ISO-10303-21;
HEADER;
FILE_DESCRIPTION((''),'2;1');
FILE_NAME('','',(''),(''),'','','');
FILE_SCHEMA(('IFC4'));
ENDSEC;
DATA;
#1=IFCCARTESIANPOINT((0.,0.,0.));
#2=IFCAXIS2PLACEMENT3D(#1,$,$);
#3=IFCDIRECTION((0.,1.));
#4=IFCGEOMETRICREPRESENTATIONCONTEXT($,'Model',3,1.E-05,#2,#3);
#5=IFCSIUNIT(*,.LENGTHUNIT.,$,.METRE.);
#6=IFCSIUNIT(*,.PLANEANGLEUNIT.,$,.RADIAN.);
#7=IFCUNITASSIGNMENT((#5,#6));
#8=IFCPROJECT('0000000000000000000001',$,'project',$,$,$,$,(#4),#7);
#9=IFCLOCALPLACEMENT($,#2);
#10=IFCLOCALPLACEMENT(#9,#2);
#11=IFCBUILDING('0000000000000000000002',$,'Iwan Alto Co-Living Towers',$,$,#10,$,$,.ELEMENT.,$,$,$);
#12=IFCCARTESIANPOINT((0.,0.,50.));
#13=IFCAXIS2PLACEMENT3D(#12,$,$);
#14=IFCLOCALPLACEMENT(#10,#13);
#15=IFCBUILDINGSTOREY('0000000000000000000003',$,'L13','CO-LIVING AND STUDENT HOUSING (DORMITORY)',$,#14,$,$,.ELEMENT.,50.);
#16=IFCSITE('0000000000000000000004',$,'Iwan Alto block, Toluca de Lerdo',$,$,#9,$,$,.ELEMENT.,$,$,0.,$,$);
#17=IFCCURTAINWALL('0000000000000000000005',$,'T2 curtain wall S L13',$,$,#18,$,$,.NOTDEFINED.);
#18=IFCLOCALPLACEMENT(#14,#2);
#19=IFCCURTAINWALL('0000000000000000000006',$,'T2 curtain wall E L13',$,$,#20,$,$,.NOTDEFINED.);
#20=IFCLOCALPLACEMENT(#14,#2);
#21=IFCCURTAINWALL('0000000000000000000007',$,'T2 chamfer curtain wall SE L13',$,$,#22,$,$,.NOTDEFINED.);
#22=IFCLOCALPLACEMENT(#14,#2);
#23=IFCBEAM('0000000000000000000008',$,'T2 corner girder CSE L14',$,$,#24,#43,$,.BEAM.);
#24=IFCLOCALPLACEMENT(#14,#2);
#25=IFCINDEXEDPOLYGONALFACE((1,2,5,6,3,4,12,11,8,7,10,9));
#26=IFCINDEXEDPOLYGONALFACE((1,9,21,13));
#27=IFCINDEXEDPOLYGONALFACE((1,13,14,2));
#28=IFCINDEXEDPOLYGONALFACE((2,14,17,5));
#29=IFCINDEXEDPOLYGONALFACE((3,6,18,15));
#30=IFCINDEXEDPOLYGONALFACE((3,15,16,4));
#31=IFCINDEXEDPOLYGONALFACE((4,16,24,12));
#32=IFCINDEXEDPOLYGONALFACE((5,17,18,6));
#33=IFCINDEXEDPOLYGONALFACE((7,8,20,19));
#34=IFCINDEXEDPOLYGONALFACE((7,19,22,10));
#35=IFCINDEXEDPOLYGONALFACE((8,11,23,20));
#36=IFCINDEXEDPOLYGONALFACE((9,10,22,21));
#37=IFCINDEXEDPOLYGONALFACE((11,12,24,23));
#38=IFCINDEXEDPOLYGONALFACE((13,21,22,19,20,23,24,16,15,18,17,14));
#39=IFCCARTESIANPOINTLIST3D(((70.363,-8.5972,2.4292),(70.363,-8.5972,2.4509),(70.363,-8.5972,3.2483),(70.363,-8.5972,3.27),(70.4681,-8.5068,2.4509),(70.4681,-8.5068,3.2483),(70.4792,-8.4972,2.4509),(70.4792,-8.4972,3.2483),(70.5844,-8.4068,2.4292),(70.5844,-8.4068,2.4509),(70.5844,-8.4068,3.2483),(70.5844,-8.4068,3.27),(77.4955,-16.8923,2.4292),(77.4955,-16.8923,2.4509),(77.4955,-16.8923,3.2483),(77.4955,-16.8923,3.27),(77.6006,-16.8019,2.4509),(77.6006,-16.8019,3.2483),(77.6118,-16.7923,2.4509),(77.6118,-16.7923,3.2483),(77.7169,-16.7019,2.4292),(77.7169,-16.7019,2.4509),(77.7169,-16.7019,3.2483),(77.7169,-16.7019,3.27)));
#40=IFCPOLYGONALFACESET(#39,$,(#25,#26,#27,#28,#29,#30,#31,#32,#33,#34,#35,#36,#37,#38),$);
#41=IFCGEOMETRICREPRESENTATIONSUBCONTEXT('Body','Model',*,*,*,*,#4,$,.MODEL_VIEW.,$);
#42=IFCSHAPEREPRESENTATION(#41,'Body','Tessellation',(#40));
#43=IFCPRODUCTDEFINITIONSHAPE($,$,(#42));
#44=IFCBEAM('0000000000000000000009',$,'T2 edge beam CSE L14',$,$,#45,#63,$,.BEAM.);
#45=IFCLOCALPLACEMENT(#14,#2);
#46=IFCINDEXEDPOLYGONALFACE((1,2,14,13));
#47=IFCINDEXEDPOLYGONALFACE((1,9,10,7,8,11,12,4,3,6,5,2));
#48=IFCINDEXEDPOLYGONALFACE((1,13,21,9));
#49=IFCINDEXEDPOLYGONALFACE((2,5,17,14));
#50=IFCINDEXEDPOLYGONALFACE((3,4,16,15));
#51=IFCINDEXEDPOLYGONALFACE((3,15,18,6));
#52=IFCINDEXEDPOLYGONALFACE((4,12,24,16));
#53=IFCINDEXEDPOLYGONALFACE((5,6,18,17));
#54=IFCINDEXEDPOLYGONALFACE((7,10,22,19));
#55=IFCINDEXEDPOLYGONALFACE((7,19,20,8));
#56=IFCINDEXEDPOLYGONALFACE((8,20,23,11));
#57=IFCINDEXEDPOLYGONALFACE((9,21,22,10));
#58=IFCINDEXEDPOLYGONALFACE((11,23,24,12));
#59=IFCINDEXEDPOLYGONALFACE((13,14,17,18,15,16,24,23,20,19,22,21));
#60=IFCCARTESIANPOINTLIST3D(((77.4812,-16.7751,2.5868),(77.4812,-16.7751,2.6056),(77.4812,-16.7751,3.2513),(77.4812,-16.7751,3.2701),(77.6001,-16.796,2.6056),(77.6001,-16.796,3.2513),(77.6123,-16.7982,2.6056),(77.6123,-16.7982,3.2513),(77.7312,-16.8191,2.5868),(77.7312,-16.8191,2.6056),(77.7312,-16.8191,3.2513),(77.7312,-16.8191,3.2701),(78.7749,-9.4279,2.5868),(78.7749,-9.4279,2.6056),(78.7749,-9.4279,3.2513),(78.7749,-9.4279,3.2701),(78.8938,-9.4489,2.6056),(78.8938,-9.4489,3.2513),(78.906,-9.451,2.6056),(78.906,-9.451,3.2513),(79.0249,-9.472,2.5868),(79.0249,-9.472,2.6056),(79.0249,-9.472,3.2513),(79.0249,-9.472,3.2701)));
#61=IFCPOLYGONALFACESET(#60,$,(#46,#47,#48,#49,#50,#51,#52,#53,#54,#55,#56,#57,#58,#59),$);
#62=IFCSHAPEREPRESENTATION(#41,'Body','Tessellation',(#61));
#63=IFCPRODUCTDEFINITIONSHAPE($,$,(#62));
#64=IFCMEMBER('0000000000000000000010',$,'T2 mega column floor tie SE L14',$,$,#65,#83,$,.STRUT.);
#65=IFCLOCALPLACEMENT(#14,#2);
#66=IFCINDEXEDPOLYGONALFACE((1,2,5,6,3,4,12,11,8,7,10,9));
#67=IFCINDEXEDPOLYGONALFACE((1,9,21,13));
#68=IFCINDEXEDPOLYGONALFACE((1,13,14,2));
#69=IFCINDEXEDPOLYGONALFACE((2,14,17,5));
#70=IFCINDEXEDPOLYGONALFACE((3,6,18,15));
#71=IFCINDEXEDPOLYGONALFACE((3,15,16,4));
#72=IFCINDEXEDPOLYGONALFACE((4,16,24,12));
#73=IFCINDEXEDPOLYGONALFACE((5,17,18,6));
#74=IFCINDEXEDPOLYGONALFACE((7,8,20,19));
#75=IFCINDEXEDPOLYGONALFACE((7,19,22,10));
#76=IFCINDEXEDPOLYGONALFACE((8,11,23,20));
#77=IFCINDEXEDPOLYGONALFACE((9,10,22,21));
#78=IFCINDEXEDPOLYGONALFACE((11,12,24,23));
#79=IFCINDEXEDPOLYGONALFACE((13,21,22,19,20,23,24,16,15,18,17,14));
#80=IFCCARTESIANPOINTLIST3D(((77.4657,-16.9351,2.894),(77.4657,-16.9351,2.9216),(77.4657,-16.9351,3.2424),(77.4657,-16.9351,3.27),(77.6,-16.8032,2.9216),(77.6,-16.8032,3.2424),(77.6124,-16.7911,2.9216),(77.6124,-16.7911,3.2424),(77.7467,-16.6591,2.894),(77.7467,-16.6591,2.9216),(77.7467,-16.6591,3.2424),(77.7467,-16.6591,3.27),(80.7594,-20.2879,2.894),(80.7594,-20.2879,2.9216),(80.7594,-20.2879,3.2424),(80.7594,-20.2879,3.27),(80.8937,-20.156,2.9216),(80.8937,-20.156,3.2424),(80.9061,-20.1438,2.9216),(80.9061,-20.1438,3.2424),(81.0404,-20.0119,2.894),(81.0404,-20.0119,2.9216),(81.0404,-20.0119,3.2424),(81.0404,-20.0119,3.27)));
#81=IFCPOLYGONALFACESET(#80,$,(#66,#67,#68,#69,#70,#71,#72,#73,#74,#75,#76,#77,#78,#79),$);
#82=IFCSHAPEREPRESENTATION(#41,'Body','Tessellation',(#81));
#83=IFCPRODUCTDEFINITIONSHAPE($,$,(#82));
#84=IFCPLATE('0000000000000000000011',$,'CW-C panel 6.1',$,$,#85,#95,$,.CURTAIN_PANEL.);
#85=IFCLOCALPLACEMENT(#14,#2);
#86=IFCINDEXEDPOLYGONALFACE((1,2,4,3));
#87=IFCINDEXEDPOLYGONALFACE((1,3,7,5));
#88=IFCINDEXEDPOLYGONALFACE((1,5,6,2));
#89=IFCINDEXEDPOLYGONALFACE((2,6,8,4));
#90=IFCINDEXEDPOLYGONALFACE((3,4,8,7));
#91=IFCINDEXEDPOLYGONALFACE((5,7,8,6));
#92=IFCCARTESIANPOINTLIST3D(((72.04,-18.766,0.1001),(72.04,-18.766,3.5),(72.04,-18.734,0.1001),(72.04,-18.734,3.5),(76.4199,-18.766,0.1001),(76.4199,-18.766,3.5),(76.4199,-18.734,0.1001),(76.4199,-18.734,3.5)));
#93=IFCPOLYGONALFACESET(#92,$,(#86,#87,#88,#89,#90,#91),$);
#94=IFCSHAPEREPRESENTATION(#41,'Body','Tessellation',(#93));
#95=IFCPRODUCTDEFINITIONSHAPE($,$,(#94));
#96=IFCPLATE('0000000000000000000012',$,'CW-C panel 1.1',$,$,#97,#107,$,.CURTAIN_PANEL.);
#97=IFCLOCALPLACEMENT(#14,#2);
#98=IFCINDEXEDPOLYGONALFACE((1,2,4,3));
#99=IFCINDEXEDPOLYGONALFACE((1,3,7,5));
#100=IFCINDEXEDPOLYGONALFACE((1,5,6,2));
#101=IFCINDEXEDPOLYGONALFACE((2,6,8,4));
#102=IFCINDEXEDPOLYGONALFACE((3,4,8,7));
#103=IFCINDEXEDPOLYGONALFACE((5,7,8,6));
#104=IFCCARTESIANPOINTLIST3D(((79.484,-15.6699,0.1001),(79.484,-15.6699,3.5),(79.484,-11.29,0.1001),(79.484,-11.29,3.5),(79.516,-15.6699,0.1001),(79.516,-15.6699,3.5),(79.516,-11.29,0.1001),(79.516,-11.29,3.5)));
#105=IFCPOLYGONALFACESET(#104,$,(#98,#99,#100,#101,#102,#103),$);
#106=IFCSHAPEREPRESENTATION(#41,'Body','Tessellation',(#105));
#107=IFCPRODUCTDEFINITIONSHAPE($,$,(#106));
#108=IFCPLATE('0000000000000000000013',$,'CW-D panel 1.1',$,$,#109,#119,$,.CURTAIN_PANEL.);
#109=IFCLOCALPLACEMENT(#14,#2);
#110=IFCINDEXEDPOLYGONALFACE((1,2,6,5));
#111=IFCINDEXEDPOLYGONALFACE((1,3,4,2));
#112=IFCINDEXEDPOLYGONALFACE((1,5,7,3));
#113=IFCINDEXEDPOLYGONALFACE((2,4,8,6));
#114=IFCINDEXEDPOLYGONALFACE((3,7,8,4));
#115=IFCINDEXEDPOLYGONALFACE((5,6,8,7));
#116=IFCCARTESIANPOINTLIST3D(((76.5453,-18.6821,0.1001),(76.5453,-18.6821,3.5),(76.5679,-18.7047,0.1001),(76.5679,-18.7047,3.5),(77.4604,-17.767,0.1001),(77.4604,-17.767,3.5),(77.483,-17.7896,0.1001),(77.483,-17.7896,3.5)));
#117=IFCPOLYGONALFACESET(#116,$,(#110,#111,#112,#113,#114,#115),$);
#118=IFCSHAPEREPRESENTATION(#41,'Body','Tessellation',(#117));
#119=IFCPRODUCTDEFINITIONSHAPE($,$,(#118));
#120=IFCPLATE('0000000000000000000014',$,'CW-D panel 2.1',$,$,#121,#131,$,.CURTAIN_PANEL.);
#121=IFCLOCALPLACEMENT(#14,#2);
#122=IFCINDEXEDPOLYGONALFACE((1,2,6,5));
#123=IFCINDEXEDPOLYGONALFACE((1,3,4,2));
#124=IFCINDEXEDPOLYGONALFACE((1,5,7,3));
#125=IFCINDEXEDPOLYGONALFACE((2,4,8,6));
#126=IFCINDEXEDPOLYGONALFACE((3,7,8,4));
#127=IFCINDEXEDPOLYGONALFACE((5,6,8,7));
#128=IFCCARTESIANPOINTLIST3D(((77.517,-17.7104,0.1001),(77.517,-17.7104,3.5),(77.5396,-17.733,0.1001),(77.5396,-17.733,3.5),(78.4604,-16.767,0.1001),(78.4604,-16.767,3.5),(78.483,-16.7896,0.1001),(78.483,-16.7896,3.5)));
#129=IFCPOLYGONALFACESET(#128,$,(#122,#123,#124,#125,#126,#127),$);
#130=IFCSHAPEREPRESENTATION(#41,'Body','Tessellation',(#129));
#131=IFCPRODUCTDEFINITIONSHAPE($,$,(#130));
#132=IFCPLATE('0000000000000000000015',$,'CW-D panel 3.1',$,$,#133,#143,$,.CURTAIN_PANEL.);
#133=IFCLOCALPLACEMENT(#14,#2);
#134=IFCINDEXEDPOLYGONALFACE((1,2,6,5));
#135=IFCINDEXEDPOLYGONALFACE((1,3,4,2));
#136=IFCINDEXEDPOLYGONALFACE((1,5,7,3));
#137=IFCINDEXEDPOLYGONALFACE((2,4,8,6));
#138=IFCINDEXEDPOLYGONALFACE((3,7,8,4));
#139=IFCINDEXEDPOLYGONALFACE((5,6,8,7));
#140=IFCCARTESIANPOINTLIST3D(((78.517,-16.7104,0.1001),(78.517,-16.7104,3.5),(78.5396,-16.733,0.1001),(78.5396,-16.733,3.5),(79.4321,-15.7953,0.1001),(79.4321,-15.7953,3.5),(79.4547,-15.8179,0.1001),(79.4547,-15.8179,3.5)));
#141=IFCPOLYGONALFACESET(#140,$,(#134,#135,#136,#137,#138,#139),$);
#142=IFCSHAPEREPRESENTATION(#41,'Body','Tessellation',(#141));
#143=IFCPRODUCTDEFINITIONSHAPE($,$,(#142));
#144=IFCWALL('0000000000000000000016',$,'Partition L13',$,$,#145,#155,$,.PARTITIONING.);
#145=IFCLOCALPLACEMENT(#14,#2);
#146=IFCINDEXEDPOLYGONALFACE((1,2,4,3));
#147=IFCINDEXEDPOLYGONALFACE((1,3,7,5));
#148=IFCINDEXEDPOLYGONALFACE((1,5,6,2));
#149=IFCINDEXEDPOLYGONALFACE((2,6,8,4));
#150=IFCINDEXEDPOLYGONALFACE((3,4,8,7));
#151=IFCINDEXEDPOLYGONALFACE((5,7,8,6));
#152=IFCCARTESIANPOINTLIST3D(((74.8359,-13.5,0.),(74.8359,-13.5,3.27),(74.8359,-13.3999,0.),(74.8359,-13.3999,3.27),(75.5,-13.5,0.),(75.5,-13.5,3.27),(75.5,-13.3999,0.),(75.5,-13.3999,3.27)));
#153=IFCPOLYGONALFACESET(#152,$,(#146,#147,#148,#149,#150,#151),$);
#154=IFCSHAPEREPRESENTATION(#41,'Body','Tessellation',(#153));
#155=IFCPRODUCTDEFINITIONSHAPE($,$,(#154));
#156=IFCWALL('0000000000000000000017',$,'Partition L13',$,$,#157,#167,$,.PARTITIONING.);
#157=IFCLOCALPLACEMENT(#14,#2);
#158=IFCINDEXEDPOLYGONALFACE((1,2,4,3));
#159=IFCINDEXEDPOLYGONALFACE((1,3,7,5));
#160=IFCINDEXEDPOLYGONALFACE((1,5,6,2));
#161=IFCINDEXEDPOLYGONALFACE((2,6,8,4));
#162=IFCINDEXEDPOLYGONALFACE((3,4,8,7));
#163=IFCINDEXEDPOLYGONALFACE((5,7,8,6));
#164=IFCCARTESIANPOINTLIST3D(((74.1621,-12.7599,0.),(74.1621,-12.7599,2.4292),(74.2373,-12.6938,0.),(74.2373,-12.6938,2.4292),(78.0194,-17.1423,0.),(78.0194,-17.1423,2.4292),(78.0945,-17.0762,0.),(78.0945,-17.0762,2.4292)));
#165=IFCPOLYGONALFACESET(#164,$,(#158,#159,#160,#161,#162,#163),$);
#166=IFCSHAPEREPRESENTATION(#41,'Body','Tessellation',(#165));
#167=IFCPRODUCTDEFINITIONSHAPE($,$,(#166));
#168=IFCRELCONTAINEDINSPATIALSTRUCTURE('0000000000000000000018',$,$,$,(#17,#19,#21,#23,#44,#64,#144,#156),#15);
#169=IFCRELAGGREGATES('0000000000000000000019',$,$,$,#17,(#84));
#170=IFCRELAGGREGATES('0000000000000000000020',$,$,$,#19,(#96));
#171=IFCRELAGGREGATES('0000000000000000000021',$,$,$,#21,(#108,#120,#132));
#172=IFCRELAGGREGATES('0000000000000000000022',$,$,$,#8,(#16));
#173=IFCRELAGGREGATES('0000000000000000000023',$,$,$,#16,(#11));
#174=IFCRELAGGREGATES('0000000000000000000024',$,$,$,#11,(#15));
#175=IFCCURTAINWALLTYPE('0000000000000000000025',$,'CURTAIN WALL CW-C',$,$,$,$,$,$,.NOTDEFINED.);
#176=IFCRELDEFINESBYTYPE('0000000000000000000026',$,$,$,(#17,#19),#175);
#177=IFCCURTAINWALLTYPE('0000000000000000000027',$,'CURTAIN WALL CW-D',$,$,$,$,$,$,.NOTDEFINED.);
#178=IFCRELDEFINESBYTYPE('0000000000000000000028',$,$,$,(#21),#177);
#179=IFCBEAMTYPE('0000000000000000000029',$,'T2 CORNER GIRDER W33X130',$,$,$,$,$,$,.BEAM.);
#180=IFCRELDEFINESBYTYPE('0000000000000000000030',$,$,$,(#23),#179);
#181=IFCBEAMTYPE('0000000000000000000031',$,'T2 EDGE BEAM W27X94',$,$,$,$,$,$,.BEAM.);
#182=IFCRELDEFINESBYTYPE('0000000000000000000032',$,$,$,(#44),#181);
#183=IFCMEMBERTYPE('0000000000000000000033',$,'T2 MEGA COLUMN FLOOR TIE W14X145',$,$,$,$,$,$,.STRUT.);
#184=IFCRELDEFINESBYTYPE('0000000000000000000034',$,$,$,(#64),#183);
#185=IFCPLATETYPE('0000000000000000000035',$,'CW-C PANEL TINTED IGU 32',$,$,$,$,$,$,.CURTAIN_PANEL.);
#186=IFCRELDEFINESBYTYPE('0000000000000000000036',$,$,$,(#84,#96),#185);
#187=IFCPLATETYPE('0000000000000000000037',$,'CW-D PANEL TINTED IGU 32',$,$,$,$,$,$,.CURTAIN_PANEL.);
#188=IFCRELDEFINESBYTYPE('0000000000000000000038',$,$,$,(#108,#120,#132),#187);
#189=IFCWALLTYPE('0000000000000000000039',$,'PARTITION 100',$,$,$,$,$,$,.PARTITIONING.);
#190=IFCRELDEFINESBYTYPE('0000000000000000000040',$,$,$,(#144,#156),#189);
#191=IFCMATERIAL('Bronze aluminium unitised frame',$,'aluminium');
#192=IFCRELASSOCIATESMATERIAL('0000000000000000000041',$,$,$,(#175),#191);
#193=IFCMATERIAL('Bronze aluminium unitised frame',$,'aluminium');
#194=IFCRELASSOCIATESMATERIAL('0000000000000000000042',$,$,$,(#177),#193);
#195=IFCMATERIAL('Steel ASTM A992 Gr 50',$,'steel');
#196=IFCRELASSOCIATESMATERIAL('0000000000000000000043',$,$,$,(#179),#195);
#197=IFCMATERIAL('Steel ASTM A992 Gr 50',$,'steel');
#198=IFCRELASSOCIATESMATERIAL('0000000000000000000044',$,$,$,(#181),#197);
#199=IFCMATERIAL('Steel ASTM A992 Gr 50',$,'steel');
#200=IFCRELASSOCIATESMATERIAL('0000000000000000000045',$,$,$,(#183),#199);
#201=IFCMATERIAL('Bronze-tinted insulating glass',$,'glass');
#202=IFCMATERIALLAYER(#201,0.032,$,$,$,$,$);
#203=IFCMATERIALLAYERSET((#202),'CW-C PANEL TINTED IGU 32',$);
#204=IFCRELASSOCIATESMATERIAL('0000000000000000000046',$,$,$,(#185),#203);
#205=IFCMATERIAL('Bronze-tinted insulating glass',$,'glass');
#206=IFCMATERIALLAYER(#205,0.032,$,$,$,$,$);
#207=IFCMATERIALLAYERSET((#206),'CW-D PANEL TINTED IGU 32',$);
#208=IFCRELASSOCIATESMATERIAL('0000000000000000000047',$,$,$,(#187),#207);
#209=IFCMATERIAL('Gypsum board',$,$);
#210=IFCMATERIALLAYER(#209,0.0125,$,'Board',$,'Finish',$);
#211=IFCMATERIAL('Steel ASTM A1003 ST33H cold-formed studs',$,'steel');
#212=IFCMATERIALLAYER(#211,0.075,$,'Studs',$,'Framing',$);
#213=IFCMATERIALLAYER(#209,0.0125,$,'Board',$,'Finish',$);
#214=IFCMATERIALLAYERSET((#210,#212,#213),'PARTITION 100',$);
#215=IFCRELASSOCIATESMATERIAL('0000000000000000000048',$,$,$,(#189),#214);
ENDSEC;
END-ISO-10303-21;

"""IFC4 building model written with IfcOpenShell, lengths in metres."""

from ifc_helpers import new_model, si_unit, direction, frame, frame_2d, origin, origin_2d, place, context, subcontext, project, spatial, rectangle, i_section, extrude, material, layer, layer_set, material_profile, profile_set, type_object, element, aggregate, save


model = new_model("IFC4")

# Units and contexts
model_context = context("Model", 3, precision=1e-05, world=origin(), true_north=direction((0.0, 1.0)))
body_context = subcontext(model_context, "Body", "Model", "MODEL_VIEW")
ifc_project = project(units=[si_unit("LENGTHUNIT", "METRE"), si_unit("PLANEANGLEUNIT", "RADIAN")], contexts=[model_context])

# Site, building, storey
site_placement = place(None, origin())
site = spatial("IfcSite", under=ifc_project, at=site_placement, Name="Iwan Alto block, Toluca de Lerdo", CompositionType="ELEMENT", RefElevation=0.0)
building_placement = place(site_placement, origin())
building = spatial("IfcBuilding", under=site, at=building_placement, Name="Iwan Alto Co-Living Towers", CompositionType="ELEMENT")
storey_placement = place(building_placement, frame((0.0, 0.0, 50.0)))
storey = spatial("IfcBuildingStorey", under=building, at=storey_placement, Name="L13", Description="CO-LIVING AND STUDENT HOUSING (DORMITORY)", CompositionType="ELEMENT", Elevation=50.0)

# Curtain wall
ifc_material_1 = material(Name="Bronze aluminium unitised frame", Category="aluminium")
curtain_wall_type_1 = type_object("IfcCurtainWallType", Name="CURTAIN WALL CW-C", PredefinedType="NOTDEFINED", material=ifc_material_1)
curtain_wall_1_placement = place(storey_placement, origin())
curtain_wall_1 = element("IfcCurtainWall", 1, at=curtain_wall_1_placement, inside=storey, type_object=curtain_wall_type_1, Name="T2 curtain wall S L13", PredefinedType="NOTDEFINED")

# Curtain walls
curtain_wall_2_placement = place(storey_placement, origin())
curtain_wall_2 = element("IfcCurtainWall", 2, at=curtain_wall_2_placement, inside=storey, type_object=curtain_wall_type_1, Name="T2 curtain wall E L13", PredefinedType="NOTDEFINED")
ifc_material_2 = material(Name="Bronze aluminium unitised frame", Category="aluminium")
curtain_wall_type_2 = type_object("IfcCurtainWallType", Name="CURTAIN WALL CW-D", PredefinedType="NOTDEFINED", material=ifc_material_2)
curtain_wall_3_placement = place(storey_placement, origin())
curtain_wall_3 = element("IfcCurtainWall", 3, at=curtain_wall_3_placement, inside=storey, type_object=curtain_wall_type_2, Name="T2 chamfer curtain wall SE L13", PredefinedType="NOTDEFINED")

# Beams
ifc_material_3 = material(Name="Steel ASTM A992 Gr 50", Category="steel")
ifc_material_profile_1 = material_profile(ifc_material_3, i_section(OverallWidth=0.292, OverallDepth=0.8408, WebThickness=0.0146, FlangeThickness=0.0217, at=origin_2d()), Name="W33X130")
ifc_profile_set_1 = profile_set([ifc_material_profile_1], Name="Steel ASTM A992 Gr 50")
beam_type_1 = type_object("IfcBeamType", Name="T2 CORNER GIRDER W33X130", PredefinedType="BEAM", material=ifc_profile_set_1)
beam_1_placement = place(storey_placement, frame((77.6062, -16.7971, 2.8496), z_axis=(-0.651972, 0.758243, 0.0), x_axis=(-0.758243, -0.651972, 0.0)))
element("IfcBeam", 4, at=beam_1_placement, inside=storey, type_object=beam_type_1, Name="T2 corner girder CSE L14", PredefinedType="BEAM", context=body_context, shape_type="SweptSolid", body=[
    extrude(i_section(OverallWidth=0.292, OverallDepth=0.8408, WebThickness=0.0146, FlangeThickness=0.0217, at=origin_2d()), origin(), (0.0, 0.0, 1.0), 10.9399),
])
ifc_material_4 = material(Name="Steel ASTM A992 Gr 50", Category="steel")
ifc_material_profile_2 = material_profile(ifc_material_4, i_section(OverallWidth=0.2539, OverallDepth=0.6833, WebThickness=0.0125, FlangeThickness=0.0188, at=origin_2d()), Name="W27X94")
ifc_profile_set_2 = profile_set([ifc_material_profile_2], Name="Steel ASTM A992 Gr 50")
beam_type_2 = type_object("IfcBeamType", Name="T2 EDGE BEAM W27X94", PredefinedType="BEAM", material=ifc_profile_set_2)
beam_2_placement = place(storey_placement, frame((77.6062, -16.7971, 2.9285), z_axis=(0.173414, 0.984849, 0.0), x_axis=(-0.984849, 0.173414, 0.0)))
element("IfcBeam", 5, at=beam_2_placement, inside=storey, type_object=beam_type_2, Name="T2 edge beam CSE L14", PredefinedType="BEAM", context=body_context, shape_type="SweptSolid", body=[
    extrude(i_section(OverallWidth=0.2539, OverallDepth=0.6833, WebThickness=0.0125, FlangeThickness=0.0188, at=origin_2d()), origin(), (0.0, 0.0, 1.0), 7.4602),
])

# Member
ifc_material_5 = material(Name="Steel ASTM A992 Gr 50", Category="steel")
ifc_material_profile_3 = material_profile(ifc_material_5, i_section(OverallWidth=0.3938, OverallDepth=0.376, WebThickness=0.0173, FlangeThickness=0.0276, at=origin_2d()), Name="W14X145")
ifc_profile_set_3 = profile_set([ifc_material_profile_3], Name="Steel ASTM A992 Gr 50")
member_type_1 = type_object("IfcMemberType", Name="T2 MEGA COLUMN FLOOR TIE W14X145", PredefinedType="STRUT", material=ifc_profile_set_3)
member_1_placement = place(storey_placement, frame((80.8999, -20.1499, 3.082), z_axis=(-0.700793, 0.713364, 0.0), x_axis=(-0.713364, -0.700793, 0.0)))
element("IfcMember", 6, at=member_1_placement, inside=storey, type_object=member_type_1, Name="T2 mega column floor tie SE L14", PredefinedType="STRUT", context=body_context, shape_type="SweptSolid", body=[
    extrude(i_section(OverallWidth=0.3938, OverallDepth=0.376, WebThickness=0.0173, FlangeThickness=0.0276, at=origin_2d()), origin(), (0.0, 0.0, 1.0), 4.7),
])

# Plates
ifc_material_6 = material(Name="Bronze-tinted insulating glass", Category="glass")
ifc_layer_1 = layer(ifc_material_6, 0.032)
ifc_layer_set_1 = layer_set([ifc_layer_1], Name="CW-C PANEL TINTED IGU 32")
plate_type_1 = type_object("IfcPlateType", Name="CW-C PANEL TINTED IGU 32", PredefinedType="CURTAIN_PANEL", material=ifc_layer_set_1)
plate_1_placement = place(storey_placement, frame((74.23, -18.75, 0.1001), z_axis=(0.0, 0.0, 1.0), x_axis=(1.0, 0.0, 0.0)))
plate_1 = element("IfcPlate", 7, at=plate_1_placement, type_object=plate_type_1, Name="CW-C panel 6.1", PredefinedType="CURTAIN_PANEL", context=body_context, shape_type="SweptSolid", body=[
    extrude(rectangle(XDim=4.3799, YDim=0.032, at=origin_2d()), origin(), (0.0, 0.0, 1.0), 3.3999),
])
aggregate(curtain_wall_1, [plate_1])
plate_2_placement = place(storey_placement, frame((79.5, -13.48, 0.1001), z_axis=(0.0, 0.0, 1.0), x_axis=(0.0, 1.0, 0.0)))
plate_2 = element("IfcPlate", 8, at=plate_2_placement, type_object=plate_type_1, Name="CW-C panel 1.1", PredefinedType="CURTAIN_PANEL", context=body_context, shape_type="SweptSolid", body=[
    extrude(rectangle(XDim=4.3799, YDim=0.032, at=origin_2d()), origin(), (0.0, 0.0, 1.0), 3.3999),
])
aggregate(curtain_wall_2, [plate_2])
ifc_material_7 = material(Name="Bronze-tinted insulating glass", Category="glass")
ifc_layer_2 = layer(ifc_material_7, 0.032)
ifc_layer_set_2 = layer_set([ifc_layer_2], Name="CW-D PANEL TINTED IGU 32")
plate_type_2 = type_object("IfcPlateType", Name="CW-D PANEL TINTED IGU 32", PredefinedType="CURTAIN_PANEL", material=ifc_layer_set_2)
plate_3_placement = place(storey_placement, frame((77.0142, -18.2358, 0.1001), z_axis=(0.0, 0.0, 1.0), x_axis=(0.707107, 0.707107, 0.0)))
plate_3 = element("IfcPlate", 9, at=plate_3_placement, type_object=plate_type_2, Name="CW-D panel 1.1", PredefinedType="CURTAIN_PANEL", context=body_context, shape_type="SweptSolid", body=[
    extrude(rectangle(XDim=1.2942, YDim=0.032, at=origin_2d()), origin(), (0.0, 0.0, 1.0), 3.3999),
])
plate_4_placement = place(storey_placement, frame((78.0, -17.25, 0.1001), z_axis=(0.0, 0.0, 1.0), x_axis=(0.707107, 0.707107, 0.0)))
plate_4 = element("IfcPlate", 10, at=plate_4_placement, type_object=plate_type_2, Name="CW-D panel 2.1", PredefinedType="CURTAIN_PANEL", context=body_context, shape_type="SweptSolid", body=[
    extrude(rectangle(XDim=1.3342, YDim=0.032, at=origin_2d()), origin(), (0.0, 0.0, 1.0), 3.3999),
])
plate_5_placement = place(storey_placement, frame((78.9858, -16.2642, 0.1001), z_axis=(0.0, 0.0, 1.0), x_axis=(0.707107, 0.707107, 0.0)))
plate_5 = element("IfcPlate", 11, at=plate_5_placement, type_object=plate_type_2, Name="CW-D panel 3.1", PredefinedType="CURTAIN_PANEL", context=body_context, shape_type="SweptSolid", body=[
    extrude(rectangle(XDim=1.2942, YDim=0.032, at=origin_2d()), origin(), (0.0, 0.0, 1.0), 3.3999),
])
aggregate(curtain_wall_3, [plate_3, plate_4, plate_5])

# Walls
ifc_material_8 = material(Name="Gypsum board")
ifc_layer_3 = layer(ifc_material_8, 0.0125, Name="Board", Category="Finish")
ifc_material_9 = material(Name="Steel ASTM A1003 ST33H cold-formed studs", Category="steel")
ifc_layer_4 = layer(ifc_material_9, 0.075, Name="Studs", Category="Framing")
ifc_layer_5 = layer(ifc_material_8, 0.0125, Name="Board", Category="Finish")
ifc_layer_set_3 = layer_set([ifc_layer_3, ifc_layer_4, ifc_layer_5], Name="PARTITION 100")
wall_type = type_object("IfcWallType", Name="PARTITION 100", PredefinedType="PARTITIONING", material=ifc_layer_set_3)
wall_1_placement = place(storey_placement, frame((74.8359, -13.45, 0.0), z_axis=(0.0, 0.0, 1.0), x_axis=(1.0, 0.0, 0.0)))
element("IfcWall", 12, at=wall_1_placement, inside=storey, type_object=wall_type, Name="Partition L13", PredefinedType="PARTITIONING", context=body_context, shape_type="SweptSolid", body=[
    extrude(rectangle(XDim=0.6641, YDim=0.1001, at=frame_2d((0.332, 0.0))), origin(), (0.0, 0.0, 1.0), 3.27),
])
wall_2_placement = place(storey_placement, frame((78.0569, -17.1091, 0.0), z_axis=(0.0, 0.0, 1.0), x_axis=(-0.660699, 0.750651, 0.0)))
element("IfcWall", 13, at=wall_2_placement, inside=storey, type_object=wall_type, Name="Partition L13", PredefinedType="PARTITIONING", context=body_context, shape_type="SweptSolid", body=[
    extrude(rectangle(XDim=5.8381, YDim=0.1001, at=frame_2d((2.9189, 0.0))), origin(), (0.0, 0.0, 1.0), 2.4292),
])

save(model, "model.ifc")
